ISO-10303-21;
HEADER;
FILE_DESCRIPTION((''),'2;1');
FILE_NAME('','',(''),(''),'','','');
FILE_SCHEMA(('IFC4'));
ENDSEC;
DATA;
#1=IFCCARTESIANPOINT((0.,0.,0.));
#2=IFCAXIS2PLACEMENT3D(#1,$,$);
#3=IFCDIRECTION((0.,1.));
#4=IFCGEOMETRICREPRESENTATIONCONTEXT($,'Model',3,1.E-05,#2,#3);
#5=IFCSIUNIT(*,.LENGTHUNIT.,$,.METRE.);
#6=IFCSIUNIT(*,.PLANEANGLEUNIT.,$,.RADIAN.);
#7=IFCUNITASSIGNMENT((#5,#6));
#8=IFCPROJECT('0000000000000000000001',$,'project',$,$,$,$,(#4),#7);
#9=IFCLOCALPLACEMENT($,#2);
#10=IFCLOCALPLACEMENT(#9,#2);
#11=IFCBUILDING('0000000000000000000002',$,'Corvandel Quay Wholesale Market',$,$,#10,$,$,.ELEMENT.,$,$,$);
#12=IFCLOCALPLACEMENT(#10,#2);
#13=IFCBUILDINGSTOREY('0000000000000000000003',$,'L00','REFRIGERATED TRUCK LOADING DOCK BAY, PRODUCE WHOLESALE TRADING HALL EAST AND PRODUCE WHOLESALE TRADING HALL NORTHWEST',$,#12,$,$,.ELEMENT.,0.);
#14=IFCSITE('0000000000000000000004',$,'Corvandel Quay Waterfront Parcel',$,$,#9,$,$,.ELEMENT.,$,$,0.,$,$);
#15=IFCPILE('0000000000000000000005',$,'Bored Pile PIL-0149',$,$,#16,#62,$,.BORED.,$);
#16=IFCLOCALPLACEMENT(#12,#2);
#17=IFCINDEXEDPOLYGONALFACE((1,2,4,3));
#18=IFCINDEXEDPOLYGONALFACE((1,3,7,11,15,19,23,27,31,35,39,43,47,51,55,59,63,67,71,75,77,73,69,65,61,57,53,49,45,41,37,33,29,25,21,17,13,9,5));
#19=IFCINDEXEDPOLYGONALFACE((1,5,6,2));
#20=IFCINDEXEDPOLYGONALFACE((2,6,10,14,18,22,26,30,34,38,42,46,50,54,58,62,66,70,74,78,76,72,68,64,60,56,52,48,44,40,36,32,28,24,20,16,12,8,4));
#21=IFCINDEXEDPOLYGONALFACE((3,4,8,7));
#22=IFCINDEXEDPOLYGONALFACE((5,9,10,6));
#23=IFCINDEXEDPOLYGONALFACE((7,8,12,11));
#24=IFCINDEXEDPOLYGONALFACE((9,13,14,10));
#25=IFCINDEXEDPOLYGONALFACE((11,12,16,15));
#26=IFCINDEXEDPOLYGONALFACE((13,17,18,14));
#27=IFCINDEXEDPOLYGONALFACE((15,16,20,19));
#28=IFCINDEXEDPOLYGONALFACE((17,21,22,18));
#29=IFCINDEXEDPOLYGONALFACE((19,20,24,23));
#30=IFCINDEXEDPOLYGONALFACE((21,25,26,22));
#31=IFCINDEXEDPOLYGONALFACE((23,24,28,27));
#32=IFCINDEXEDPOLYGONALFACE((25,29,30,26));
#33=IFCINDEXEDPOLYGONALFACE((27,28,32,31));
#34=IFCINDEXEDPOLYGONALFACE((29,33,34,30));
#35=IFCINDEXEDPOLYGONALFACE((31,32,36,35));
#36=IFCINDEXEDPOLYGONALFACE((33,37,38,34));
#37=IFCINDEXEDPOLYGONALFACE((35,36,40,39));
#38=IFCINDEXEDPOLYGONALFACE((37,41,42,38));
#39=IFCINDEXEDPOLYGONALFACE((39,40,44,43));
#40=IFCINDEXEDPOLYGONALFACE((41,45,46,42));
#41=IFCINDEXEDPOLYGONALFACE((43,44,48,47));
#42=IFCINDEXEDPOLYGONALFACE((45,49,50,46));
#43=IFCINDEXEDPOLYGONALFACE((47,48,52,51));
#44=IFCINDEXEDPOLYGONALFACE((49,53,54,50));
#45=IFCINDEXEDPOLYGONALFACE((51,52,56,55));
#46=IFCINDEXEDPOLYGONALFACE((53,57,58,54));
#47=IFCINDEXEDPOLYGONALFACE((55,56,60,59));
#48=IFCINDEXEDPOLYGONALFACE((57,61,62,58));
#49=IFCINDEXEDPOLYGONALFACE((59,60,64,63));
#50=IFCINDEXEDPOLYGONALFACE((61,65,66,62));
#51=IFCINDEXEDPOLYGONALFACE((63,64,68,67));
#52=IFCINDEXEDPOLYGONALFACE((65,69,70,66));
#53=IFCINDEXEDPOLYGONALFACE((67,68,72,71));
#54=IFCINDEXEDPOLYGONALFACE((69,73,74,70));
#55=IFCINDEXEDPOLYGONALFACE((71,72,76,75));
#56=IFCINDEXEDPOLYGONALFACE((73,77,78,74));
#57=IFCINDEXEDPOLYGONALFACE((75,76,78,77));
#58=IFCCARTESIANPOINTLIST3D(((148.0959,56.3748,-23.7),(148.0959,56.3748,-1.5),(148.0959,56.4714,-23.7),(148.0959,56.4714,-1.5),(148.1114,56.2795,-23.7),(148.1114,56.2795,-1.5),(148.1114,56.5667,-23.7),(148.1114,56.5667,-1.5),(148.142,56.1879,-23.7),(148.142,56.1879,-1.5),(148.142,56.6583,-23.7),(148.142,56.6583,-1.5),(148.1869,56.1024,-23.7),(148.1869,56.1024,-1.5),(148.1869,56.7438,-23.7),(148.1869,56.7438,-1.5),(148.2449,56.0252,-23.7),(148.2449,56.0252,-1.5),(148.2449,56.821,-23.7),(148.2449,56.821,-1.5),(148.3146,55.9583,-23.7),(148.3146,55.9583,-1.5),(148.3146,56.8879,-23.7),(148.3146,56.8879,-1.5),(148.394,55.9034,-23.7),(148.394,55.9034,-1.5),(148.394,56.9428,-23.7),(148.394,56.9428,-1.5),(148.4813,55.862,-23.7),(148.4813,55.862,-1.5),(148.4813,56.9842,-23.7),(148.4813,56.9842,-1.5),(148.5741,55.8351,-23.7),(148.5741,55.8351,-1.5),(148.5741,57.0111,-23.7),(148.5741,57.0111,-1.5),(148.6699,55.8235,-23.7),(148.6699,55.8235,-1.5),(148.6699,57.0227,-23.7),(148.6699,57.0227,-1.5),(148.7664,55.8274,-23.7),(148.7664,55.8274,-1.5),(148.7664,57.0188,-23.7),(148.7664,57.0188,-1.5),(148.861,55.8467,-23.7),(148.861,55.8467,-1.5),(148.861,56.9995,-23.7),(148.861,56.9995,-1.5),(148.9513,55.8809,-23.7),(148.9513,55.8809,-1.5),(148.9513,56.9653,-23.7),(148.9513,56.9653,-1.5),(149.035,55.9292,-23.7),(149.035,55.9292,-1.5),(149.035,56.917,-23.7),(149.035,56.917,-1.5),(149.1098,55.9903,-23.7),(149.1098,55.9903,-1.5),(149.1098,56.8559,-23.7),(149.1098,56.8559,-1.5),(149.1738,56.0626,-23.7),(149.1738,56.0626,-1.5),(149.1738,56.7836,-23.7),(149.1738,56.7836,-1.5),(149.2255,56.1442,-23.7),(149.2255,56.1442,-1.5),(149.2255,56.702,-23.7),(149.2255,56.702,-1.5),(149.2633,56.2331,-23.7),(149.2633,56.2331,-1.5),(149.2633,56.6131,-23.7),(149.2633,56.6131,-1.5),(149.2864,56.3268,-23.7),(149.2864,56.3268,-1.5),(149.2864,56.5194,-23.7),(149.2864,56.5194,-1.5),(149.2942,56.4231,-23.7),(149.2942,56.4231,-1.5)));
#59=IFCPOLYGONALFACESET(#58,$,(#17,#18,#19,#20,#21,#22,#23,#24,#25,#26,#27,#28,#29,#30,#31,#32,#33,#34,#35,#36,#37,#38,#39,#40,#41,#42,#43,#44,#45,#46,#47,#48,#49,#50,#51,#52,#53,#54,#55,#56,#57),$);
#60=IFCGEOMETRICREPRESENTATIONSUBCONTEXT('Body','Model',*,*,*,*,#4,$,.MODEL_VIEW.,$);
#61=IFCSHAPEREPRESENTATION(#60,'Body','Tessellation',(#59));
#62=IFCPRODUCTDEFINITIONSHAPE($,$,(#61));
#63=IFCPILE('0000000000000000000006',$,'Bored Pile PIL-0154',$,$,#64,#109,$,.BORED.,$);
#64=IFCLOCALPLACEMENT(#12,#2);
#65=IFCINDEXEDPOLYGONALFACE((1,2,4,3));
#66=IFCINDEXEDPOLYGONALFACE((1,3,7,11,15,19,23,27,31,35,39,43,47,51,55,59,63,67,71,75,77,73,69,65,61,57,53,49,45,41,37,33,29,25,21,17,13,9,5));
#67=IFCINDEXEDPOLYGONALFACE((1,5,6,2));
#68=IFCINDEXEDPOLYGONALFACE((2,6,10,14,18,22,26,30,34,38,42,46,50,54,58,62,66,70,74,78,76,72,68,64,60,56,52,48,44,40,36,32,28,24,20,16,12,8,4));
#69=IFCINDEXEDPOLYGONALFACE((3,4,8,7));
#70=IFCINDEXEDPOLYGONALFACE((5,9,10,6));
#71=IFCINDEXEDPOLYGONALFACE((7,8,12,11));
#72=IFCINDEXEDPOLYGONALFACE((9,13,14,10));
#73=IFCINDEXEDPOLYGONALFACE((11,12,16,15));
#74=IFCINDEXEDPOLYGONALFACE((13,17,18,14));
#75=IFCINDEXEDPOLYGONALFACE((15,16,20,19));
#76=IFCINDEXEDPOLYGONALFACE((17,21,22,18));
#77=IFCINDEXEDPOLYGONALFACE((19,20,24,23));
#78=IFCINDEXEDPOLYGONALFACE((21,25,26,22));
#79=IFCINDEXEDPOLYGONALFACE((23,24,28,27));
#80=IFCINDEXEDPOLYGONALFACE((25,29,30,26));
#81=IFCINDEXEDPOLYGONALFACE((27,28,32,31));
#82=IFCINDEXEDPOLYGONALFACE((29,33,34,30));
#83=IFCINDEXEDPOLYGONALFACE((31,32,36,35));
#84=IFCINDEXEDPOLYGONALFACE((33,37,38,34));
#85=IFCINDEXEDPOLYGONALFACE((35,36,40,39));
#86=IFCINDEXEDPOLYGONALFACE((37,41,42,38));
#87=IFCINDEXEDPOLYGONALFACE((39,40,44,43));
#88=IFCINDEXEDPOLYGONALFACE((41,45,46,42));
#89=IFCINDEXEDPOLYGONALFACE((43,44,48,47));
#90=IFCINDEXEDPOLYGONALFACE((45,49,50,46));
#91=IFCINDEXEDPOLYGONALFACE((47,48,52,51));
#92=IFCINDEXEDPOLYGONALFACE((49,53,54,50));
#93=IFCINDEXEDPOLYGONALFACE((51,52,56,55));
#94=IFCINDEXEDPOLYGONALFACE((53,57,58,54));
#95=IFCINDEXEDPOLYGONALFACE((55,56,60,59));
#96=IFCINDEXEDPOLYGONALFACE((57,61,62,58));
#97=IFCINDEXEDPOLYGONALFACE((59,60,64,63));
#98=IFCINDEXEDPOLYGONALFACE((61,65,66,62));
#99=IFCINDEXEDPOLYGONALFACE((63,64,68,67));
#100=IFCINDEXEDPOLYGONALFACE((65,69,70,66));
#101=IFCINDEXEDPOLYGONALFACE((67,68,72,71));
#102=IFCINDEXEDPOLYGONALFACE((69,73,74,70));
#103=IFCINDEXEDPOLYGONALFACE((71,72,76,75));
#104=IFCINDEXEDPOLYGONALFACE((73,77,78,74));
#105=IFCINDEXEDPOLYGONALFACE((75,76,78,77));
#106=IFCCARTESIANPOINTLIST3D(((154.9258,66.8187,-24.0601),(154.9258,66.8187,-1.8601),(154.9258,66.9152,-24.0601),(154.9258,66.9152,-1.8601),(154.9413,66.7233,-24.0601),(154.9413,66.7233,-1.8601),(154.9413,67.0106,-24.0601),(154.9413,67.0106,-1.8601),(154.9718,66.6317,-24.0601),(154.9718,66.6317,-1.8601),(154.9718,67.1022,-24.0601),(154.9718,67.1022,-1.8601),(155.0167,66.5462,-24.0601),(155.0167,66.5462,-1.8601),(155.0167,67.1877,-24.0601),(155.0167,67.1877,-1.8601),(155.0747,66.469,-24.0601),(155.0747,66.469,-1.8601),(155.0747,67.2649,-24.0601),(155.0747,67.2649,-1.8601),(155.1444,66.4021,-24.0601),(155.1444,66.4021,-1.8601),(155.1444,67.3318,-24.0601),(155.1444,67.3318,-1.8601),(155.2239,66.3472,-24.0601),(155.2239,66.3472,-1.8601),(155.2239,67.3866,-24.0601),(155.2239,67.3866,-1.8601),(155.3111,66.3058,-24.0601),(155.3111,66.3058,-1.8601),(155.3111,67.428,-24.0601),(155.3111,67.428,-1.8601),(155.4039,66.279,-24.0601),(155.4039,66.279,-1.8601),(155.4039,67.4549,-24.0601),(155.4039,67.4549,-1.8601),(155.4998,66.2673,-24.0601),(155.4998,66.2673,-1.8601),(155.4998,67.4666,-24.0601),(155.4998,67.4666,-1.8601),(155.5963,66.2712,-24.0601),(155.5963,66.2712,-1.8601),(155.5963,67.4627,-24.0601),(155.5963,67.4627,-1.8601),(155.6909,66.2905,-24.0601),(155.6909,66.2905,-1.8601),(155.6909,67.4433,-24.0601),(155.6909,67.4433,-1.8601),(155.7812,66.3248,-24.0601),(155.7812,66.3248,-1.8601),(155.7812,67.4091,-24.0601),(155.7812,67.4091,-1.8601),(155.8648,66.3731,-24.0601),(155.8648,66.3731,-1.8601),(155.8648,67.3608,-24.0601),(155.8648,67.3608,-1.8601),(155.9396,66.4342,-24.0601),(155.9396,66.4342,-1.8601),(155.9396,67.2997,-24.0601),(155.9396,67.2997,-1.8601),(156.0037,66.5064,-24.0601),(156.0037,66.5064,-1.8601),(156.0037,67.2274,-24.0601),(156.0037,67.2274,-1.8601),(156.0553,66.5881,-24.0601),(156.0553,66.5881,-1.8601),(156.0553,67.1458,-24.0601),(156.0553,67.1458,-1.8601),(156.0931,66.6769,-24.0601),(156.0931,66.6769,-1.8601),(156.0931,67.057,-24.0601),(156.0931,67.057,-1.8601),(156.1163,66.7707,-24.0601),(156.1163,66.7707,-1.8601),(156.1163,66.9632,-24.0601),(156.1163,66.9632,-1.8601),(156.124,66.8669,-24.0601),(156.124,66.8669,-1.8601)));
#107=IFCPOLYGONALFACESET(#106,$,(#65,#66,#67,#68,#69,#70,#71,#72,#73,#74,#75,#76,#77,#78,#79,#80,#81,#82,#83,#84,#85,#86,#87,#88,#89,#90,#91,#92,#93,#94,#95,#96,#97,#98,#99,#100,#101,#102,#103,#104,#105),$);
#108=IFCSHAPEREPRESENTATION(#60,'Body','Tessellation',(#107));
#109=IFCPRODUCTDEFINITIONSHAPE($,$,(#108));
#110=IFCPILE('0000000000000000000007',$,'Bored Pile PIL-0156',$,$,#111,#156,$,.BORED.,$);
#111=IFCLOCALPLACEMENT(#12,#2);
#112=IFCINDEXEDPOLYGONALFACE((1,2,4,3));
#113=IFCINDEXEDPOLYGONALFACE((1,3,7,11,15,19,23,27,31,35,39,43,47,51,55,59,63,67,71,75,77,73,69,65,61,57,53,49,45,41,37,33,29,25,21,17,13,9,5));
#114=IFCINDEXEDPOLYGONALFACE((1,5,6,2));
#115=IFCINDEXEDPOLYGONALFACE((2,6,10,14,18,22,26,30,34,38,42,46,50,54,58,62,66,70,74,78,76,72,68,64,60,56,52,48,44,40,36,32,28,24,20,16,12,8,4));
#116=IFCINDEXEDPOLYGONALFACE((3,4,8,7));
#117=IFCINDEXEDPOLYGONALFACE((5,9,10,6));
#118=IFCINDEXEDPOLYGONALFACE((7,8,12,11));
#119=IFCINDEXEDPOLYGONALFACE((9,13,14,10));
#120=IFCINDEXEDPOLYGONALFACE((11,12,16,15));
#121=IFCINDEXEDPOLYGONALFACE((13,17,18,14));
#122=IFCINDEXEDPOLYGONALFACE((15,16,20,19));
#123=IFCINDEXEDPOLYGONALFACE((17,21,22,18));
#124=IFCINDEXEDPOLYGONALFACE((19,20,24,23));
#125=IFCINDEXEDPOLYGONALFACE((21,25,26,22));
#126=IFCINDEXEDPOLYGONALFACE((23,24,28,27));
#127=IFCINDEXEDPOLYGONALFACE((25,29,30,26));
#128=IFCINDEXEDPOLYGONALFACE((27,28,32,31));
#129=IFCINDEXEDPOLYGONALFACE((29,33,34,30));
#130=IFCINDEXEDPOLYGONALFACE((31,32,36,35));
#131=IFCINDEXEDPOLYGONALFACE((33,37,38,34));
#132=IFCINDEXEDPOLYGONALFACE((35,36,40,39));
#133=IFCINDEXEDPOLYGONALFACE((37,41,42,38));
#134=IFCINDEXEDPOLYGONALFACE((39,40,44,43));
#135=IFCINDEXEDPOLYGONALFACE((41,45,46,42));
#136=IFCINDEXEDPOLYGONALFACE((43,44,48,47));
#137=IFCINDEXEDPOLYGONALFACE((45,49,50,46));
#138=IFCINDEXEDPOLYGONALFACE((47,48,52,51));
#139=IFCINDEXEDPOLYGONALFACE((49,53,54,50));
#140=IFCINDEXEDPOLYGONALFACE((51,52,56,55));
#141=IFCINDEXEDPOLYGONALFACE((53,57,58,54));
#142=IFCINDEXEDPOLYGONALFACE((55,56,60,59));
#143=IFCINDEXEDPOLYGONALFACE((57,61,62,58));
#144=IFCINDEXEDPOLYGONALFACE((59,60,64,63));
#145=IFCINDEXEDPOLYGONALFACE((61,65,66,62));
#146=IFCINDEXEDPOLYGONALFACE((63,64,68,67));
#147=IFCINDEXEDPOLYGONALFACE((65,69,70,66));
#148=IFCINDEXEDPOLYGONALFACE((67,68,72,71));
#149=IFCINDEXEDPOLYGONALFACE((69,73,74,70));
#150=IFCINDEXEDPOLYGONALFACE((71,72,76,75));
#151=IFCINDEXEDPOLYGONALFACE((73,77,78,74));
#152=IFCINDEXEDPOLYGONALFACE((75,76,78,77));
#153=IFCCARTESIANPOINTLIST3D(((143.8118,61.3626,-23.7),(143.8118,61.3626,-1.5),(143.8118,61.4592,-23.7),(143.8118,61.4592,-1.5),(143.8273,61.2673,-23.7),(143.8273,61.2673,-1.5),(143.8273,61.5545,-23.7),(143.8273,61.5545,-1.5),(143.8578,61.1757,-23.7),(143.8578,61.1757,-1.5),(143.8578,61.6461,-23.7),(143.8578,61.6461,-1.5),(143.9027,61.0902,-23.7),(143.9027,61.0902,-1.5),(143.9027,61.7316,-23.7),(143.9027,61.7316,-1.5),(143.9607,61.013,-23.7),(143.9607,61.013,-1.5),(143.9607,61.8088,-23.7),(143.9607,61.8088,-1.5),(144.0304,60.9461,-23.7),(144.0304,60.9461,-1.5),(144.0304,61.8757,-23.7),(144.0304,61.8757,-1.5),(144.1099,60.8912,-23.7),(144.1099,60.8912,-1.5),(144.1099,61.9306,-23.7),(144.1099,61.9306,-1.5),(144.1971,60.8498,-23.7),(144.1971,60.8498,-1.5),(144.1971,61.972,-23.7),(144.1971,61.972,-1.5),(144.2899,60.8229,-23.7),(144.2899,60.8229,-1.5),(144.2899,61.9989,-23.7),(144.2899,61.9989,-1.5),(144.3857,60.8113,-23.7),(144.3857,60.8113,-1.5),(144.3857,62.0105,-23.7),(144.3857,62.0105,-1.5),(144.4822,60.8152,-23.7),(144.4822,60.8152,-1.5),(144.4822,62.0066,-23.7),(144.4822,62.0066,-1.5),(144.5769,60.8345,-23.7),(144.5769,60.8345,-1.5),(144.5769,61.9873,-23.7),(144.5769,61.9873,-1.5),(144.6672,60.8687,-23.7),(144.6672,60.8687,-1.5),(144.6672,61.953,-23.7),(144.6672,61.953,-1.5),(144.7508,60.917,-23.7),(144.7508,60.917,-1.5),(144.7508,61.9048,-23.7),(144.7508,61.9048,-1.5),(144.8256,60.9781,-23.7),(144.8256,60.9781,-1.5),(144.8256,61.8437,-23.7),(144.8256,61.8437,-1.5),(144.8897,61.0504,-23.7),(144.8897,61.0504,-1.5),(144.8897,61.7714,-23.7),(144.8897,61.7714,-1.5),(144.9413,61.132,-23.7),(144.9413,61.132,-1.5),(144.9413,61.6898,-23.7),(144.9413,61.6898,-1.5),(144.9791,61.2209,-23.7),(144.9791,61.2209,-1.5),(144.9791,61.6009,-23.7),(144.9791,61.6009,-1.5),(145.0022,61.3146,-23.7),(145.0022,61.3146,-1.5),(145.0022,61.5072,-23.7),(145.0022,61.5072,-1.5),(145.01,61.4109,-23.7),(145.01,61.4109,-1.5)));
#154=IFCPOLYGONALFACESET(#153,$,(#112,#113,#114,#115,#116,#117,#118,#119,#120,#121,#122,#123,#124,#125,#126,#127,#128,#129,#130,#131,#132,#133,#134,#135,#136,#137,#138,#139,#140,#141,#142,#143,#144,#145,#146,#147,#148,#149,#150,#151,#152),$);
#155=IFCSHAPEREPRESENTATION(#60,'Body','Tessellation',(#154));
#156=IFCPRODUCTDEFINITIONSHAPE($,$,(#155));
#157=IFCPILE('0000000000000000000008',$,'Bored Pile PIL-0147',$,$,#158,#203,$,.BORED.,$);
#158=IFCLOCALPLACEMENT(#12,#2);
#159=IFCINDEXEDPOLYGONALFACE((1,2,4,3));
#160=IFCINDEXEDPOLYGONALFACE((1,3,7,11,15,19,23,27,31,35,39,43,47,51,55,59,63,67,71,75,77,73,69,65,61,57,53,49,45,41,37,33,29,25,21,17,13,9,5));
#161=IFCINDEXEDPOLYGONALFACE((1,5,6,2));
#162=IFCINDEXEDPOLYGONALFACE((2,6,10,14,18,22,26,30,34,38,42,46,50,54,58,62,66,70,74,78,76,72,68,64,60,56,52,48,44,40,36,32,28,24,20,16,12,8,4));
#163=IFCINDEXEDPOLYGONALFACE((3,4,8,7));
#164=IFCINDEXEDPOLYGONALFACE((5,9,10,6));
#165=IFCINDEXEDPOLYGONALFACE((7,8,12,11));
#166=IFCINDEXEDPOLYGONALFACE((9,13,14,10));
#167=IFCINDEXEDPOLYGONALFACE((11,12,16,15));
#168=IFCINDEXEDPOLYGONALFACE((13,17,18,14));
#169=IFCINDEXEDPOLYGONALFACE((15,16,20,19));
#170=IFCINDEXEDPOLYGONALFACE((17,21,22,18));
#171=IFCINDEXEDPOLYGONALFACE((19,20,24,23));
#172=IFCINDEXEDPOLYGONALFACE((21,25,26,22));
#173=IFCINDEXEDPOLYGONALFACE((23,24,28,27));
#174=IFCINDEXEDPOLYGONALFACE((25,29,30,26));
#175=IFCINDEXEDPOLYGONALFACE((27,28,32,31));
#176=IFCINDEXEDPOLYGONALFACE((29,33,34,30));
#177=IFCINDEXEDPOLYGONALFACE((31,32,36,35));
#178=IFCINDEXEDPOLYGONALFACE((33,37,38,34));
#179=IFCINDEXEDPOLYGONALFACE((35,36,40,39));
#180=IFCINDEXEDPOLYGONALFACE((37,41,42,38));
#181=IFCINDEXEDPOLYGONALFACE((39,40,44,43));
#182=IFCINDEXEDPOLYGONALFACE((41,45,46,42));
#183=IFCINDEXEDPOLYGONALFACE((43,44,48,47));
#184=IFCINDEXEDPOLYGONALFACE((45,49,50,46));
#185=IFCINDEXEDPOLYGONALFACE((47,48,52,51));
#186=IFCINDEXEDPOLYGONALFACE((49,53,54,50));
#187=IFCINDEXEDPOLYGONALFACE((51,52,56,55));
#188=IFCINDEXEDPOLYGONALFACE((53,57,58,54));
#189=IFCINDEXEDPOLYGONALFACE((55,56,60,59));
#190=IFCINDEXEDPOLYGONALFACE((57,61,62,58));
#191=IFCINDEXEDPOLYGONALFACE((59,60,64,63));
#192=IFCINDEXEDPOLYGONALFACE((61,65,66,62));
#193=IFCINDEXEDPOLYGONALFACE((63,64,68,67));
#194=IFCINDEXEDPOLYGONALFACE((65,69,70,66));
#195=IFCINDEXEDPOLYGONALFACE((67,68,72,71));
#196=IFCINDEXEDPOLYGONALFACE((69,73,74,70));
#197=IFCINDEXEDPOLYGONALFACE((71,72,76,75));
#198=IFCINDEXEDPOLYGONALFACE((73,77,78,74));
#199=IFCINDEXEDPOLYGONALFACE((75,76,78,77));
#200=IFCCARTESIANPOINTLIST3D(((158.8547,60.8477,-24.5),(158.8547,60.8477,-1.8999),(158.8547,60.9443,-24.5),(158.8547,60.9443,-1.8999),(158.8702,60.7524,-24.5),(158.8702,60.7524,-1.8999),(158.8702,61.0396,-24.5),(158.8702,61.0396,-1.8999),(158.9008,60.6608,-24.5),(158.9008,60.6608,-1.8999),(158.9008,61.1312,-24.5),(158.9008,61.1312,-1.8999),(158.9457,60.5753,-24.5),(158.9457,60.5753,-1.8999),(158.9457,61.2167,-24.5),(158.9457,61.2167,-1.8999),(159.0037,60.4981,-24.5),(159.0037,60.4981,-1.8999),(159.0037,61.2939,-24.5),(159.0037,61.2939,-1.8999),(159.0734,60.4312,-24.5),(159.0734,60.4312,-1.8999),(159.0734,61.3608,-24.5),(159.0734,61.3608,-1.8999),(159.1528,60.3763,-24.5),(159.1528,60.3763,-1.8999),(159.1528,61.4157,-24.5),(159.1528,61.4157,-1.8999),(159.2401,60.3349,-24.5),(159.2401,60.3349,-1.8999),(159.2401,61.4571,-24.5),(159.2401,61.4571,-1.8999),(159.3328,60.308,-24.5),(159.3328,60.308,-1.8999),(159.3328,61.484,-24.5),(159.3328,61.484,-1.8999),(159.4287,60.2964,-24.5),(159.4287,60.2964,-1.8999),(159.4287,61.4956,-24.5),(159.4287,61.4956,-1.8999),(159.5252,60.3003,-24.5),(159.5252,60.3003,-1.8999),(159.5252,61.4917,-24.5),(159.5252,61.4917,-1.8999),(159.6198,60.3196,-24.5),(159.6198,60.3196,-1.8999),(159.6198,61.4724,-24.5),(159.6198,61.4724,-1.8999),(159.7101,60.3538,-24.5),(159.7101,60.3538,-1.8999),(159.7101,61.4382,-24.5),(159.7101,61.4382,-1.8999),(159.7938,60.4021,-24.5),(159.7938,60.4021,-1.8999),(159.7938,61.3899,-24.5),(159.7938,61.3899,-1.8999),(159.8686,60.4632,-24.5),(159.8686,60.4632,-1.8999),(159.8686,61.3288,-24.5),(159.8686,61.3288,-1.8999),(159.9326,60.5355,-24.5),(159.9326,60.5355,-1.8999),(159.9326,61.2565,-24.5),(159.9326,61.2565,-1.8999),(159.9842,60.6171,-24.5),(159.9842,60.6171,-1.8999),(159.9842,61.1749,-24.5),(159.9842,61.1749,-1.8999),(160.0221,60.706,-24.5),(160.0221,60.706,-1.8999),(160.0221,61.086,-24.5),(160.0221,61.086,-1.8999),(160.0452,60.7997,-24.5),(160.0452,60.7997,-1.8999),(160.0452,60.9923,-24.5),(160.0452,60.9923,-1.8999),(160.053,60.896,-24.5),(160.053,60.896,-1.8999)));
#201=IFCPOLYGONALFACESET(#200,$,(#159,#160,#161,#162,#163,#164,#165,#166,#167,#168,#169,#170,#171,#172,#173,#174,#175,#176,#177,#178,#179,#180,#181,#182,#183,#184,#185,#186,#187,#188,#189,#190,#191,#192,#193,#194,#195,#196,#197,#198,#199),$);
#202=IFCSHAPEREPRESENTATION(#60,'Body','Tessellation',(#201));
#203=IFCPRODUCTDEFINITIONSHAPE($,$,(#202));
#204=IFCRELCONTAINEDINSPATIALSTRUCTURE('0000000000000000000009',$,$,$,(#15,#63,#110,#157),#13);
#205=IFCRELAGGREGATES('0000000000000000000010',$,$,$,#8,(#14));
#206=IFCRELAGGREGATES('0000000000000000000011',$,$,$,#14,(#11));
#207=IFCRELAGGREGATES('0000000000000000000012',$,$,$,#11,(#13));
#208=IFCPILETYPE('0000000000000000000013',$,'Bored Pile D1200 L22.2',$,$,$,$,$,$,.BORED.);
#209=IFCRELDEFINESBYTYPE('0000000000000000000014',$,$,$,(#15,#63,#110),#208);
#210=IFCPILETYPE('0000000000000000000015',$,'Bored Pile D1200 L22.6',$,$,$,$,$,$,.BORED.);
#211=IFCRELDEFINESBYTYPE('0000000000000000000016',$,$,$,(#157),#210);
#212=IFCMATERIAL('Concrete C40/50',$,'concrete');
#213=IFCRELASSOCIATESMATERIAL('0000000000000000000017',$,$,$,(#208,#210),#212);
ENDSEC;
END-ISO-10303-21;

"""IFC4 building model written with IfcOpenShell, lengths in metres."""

from ifc_helpers import new_model, si_unit, direction, frame, origin, origin_2d, place, context, subcontext, project, spatial, circle, extrude, material, material_profile, profile_set, type_object, element, save


model = new_model("IFC4")

# Units and contexts
model_context = context("Model", 3, precision=1e-05, world=origin(), true_north=direction((0.0, 1.0)))
body_context = subcontext(model_context, "Body", "Model", "MODEL_VIEW")
ifc_project = project(units=[si_unit("LENGTHUNIT", "METRE"), si_unit("PLANEANGLEUNIT", "RADIAN")], contexts=[model_context])

# Site, building, storey
site_placement = place(None, origin())
site = spatial("IfcSite", under=ifc_project, at=site_placement, Name="Corvandel Quay Waterfront Parcel", CompositionType="ELEMENT", RefElevation=0.0)
building_placement = place(site_placement, origin())
building = spatial("IfcBuilding", under=site, at=building_placement, Name="Corvandel Quay Wholesale Market", CompositionType="ELEMENT")
storey_placement = place(building_placement, origin())
storey = spatial("IfcBuildingStorey", under=building, at=storey_placement, Name="L00", Description="REFRIGERATED TRUCK LOADING DOCK BAY, PRODUCE WHOLESALE TRADING HALL EAST AND PRODUCE WHOLESALE TRADING HALL NORTHWEST", CompositionType="ELEMENT", Elevation=0.0)

# Piles
ifc_material_1 = material(Name="Concrete C40/50", Category="concrete")
ifc_material_profile_1 = material_profile(ifc_material_1, circle(Radius=0.6001, at=origin_2d()), Name="RC-PILE-D1200")
ifc_profile_set_1 = profile_set([ifc_material_profile_1], Name="Concrete C40/50")
pile_type_1 = type_object("IfcPileType", Name="Bored Pile D1200 L22.2", PredefinedType="BORED", material=ifc_profile_set_1)
for number, where, z_axis, x_axis, name in (
    (1, (148.6941, 56.4231, -1.5), (0.0, 0.0, -1.0), (1.0, 0.0, 0.0), "Bored Pile PIL-0149"),
    (2, (155.5239, 66.8669, -1.8601), (0.0, 0.0, -1.0), (1.0, 0.0, 0.0), "Bored Pile PIL-0154"),
    (3, (144.4099, 61.4109, -1.5), (0.0, 0.0, -1.0), (1.0, 0.0, 0.0), "Bored Pile PIL-0156"),
):
    element("IfcPile", number, at=place(storey_placement, frame(where, z_axis=z_axis, x_axis=x_axis)), inside=storey, type_object=pile_type_1, Name=name, PredefinedType="BORED", context=body_context, shape_type="SweptSolid", body=[
        extrude(circle(Radius=0.6001, at=origin_2d()), origin(), (0.0, 0.0, 1.0), 22.2),
    ])
ifc_material_profile_2 = material_profile(ifc_material_1, circle(Radius=0.6001, at=origin_2d()), Name="RC-PILE-D1200")
ifc_profile_set_2 = profile_set([ifc_material_profile_2], Name="Concrete C40/50")
pile_type_2 = type_object("IfcPileType", Name="Bored Pile D1200 L22.6", PredefinedType="BORED", material=ifc_profile_set_2)
for number, where, z_axis, x_axis, name in (
    (4, (159.4529, 60.896, -1.8999), (0.0, 0.0, -1.0), (1.0, 0.0, 0.0), "Bored Pile PIL-0147"),
):
    element("IfcPile", number, at=place(storey_placement, frame(where, z_axis=z_axis, x_axis=x_axis)), inside=storey, type_object=pile_type_2, Name=name, PredefinedType="BORED", context=body_context, shape_type="SweptSolid", body=[
        extrude(circle(Radius=0.6001, at=origin_2d()), origin(), (0.0, 0.0, 1.0), 22.6001),
    ])

save(model, "model.ifc")
